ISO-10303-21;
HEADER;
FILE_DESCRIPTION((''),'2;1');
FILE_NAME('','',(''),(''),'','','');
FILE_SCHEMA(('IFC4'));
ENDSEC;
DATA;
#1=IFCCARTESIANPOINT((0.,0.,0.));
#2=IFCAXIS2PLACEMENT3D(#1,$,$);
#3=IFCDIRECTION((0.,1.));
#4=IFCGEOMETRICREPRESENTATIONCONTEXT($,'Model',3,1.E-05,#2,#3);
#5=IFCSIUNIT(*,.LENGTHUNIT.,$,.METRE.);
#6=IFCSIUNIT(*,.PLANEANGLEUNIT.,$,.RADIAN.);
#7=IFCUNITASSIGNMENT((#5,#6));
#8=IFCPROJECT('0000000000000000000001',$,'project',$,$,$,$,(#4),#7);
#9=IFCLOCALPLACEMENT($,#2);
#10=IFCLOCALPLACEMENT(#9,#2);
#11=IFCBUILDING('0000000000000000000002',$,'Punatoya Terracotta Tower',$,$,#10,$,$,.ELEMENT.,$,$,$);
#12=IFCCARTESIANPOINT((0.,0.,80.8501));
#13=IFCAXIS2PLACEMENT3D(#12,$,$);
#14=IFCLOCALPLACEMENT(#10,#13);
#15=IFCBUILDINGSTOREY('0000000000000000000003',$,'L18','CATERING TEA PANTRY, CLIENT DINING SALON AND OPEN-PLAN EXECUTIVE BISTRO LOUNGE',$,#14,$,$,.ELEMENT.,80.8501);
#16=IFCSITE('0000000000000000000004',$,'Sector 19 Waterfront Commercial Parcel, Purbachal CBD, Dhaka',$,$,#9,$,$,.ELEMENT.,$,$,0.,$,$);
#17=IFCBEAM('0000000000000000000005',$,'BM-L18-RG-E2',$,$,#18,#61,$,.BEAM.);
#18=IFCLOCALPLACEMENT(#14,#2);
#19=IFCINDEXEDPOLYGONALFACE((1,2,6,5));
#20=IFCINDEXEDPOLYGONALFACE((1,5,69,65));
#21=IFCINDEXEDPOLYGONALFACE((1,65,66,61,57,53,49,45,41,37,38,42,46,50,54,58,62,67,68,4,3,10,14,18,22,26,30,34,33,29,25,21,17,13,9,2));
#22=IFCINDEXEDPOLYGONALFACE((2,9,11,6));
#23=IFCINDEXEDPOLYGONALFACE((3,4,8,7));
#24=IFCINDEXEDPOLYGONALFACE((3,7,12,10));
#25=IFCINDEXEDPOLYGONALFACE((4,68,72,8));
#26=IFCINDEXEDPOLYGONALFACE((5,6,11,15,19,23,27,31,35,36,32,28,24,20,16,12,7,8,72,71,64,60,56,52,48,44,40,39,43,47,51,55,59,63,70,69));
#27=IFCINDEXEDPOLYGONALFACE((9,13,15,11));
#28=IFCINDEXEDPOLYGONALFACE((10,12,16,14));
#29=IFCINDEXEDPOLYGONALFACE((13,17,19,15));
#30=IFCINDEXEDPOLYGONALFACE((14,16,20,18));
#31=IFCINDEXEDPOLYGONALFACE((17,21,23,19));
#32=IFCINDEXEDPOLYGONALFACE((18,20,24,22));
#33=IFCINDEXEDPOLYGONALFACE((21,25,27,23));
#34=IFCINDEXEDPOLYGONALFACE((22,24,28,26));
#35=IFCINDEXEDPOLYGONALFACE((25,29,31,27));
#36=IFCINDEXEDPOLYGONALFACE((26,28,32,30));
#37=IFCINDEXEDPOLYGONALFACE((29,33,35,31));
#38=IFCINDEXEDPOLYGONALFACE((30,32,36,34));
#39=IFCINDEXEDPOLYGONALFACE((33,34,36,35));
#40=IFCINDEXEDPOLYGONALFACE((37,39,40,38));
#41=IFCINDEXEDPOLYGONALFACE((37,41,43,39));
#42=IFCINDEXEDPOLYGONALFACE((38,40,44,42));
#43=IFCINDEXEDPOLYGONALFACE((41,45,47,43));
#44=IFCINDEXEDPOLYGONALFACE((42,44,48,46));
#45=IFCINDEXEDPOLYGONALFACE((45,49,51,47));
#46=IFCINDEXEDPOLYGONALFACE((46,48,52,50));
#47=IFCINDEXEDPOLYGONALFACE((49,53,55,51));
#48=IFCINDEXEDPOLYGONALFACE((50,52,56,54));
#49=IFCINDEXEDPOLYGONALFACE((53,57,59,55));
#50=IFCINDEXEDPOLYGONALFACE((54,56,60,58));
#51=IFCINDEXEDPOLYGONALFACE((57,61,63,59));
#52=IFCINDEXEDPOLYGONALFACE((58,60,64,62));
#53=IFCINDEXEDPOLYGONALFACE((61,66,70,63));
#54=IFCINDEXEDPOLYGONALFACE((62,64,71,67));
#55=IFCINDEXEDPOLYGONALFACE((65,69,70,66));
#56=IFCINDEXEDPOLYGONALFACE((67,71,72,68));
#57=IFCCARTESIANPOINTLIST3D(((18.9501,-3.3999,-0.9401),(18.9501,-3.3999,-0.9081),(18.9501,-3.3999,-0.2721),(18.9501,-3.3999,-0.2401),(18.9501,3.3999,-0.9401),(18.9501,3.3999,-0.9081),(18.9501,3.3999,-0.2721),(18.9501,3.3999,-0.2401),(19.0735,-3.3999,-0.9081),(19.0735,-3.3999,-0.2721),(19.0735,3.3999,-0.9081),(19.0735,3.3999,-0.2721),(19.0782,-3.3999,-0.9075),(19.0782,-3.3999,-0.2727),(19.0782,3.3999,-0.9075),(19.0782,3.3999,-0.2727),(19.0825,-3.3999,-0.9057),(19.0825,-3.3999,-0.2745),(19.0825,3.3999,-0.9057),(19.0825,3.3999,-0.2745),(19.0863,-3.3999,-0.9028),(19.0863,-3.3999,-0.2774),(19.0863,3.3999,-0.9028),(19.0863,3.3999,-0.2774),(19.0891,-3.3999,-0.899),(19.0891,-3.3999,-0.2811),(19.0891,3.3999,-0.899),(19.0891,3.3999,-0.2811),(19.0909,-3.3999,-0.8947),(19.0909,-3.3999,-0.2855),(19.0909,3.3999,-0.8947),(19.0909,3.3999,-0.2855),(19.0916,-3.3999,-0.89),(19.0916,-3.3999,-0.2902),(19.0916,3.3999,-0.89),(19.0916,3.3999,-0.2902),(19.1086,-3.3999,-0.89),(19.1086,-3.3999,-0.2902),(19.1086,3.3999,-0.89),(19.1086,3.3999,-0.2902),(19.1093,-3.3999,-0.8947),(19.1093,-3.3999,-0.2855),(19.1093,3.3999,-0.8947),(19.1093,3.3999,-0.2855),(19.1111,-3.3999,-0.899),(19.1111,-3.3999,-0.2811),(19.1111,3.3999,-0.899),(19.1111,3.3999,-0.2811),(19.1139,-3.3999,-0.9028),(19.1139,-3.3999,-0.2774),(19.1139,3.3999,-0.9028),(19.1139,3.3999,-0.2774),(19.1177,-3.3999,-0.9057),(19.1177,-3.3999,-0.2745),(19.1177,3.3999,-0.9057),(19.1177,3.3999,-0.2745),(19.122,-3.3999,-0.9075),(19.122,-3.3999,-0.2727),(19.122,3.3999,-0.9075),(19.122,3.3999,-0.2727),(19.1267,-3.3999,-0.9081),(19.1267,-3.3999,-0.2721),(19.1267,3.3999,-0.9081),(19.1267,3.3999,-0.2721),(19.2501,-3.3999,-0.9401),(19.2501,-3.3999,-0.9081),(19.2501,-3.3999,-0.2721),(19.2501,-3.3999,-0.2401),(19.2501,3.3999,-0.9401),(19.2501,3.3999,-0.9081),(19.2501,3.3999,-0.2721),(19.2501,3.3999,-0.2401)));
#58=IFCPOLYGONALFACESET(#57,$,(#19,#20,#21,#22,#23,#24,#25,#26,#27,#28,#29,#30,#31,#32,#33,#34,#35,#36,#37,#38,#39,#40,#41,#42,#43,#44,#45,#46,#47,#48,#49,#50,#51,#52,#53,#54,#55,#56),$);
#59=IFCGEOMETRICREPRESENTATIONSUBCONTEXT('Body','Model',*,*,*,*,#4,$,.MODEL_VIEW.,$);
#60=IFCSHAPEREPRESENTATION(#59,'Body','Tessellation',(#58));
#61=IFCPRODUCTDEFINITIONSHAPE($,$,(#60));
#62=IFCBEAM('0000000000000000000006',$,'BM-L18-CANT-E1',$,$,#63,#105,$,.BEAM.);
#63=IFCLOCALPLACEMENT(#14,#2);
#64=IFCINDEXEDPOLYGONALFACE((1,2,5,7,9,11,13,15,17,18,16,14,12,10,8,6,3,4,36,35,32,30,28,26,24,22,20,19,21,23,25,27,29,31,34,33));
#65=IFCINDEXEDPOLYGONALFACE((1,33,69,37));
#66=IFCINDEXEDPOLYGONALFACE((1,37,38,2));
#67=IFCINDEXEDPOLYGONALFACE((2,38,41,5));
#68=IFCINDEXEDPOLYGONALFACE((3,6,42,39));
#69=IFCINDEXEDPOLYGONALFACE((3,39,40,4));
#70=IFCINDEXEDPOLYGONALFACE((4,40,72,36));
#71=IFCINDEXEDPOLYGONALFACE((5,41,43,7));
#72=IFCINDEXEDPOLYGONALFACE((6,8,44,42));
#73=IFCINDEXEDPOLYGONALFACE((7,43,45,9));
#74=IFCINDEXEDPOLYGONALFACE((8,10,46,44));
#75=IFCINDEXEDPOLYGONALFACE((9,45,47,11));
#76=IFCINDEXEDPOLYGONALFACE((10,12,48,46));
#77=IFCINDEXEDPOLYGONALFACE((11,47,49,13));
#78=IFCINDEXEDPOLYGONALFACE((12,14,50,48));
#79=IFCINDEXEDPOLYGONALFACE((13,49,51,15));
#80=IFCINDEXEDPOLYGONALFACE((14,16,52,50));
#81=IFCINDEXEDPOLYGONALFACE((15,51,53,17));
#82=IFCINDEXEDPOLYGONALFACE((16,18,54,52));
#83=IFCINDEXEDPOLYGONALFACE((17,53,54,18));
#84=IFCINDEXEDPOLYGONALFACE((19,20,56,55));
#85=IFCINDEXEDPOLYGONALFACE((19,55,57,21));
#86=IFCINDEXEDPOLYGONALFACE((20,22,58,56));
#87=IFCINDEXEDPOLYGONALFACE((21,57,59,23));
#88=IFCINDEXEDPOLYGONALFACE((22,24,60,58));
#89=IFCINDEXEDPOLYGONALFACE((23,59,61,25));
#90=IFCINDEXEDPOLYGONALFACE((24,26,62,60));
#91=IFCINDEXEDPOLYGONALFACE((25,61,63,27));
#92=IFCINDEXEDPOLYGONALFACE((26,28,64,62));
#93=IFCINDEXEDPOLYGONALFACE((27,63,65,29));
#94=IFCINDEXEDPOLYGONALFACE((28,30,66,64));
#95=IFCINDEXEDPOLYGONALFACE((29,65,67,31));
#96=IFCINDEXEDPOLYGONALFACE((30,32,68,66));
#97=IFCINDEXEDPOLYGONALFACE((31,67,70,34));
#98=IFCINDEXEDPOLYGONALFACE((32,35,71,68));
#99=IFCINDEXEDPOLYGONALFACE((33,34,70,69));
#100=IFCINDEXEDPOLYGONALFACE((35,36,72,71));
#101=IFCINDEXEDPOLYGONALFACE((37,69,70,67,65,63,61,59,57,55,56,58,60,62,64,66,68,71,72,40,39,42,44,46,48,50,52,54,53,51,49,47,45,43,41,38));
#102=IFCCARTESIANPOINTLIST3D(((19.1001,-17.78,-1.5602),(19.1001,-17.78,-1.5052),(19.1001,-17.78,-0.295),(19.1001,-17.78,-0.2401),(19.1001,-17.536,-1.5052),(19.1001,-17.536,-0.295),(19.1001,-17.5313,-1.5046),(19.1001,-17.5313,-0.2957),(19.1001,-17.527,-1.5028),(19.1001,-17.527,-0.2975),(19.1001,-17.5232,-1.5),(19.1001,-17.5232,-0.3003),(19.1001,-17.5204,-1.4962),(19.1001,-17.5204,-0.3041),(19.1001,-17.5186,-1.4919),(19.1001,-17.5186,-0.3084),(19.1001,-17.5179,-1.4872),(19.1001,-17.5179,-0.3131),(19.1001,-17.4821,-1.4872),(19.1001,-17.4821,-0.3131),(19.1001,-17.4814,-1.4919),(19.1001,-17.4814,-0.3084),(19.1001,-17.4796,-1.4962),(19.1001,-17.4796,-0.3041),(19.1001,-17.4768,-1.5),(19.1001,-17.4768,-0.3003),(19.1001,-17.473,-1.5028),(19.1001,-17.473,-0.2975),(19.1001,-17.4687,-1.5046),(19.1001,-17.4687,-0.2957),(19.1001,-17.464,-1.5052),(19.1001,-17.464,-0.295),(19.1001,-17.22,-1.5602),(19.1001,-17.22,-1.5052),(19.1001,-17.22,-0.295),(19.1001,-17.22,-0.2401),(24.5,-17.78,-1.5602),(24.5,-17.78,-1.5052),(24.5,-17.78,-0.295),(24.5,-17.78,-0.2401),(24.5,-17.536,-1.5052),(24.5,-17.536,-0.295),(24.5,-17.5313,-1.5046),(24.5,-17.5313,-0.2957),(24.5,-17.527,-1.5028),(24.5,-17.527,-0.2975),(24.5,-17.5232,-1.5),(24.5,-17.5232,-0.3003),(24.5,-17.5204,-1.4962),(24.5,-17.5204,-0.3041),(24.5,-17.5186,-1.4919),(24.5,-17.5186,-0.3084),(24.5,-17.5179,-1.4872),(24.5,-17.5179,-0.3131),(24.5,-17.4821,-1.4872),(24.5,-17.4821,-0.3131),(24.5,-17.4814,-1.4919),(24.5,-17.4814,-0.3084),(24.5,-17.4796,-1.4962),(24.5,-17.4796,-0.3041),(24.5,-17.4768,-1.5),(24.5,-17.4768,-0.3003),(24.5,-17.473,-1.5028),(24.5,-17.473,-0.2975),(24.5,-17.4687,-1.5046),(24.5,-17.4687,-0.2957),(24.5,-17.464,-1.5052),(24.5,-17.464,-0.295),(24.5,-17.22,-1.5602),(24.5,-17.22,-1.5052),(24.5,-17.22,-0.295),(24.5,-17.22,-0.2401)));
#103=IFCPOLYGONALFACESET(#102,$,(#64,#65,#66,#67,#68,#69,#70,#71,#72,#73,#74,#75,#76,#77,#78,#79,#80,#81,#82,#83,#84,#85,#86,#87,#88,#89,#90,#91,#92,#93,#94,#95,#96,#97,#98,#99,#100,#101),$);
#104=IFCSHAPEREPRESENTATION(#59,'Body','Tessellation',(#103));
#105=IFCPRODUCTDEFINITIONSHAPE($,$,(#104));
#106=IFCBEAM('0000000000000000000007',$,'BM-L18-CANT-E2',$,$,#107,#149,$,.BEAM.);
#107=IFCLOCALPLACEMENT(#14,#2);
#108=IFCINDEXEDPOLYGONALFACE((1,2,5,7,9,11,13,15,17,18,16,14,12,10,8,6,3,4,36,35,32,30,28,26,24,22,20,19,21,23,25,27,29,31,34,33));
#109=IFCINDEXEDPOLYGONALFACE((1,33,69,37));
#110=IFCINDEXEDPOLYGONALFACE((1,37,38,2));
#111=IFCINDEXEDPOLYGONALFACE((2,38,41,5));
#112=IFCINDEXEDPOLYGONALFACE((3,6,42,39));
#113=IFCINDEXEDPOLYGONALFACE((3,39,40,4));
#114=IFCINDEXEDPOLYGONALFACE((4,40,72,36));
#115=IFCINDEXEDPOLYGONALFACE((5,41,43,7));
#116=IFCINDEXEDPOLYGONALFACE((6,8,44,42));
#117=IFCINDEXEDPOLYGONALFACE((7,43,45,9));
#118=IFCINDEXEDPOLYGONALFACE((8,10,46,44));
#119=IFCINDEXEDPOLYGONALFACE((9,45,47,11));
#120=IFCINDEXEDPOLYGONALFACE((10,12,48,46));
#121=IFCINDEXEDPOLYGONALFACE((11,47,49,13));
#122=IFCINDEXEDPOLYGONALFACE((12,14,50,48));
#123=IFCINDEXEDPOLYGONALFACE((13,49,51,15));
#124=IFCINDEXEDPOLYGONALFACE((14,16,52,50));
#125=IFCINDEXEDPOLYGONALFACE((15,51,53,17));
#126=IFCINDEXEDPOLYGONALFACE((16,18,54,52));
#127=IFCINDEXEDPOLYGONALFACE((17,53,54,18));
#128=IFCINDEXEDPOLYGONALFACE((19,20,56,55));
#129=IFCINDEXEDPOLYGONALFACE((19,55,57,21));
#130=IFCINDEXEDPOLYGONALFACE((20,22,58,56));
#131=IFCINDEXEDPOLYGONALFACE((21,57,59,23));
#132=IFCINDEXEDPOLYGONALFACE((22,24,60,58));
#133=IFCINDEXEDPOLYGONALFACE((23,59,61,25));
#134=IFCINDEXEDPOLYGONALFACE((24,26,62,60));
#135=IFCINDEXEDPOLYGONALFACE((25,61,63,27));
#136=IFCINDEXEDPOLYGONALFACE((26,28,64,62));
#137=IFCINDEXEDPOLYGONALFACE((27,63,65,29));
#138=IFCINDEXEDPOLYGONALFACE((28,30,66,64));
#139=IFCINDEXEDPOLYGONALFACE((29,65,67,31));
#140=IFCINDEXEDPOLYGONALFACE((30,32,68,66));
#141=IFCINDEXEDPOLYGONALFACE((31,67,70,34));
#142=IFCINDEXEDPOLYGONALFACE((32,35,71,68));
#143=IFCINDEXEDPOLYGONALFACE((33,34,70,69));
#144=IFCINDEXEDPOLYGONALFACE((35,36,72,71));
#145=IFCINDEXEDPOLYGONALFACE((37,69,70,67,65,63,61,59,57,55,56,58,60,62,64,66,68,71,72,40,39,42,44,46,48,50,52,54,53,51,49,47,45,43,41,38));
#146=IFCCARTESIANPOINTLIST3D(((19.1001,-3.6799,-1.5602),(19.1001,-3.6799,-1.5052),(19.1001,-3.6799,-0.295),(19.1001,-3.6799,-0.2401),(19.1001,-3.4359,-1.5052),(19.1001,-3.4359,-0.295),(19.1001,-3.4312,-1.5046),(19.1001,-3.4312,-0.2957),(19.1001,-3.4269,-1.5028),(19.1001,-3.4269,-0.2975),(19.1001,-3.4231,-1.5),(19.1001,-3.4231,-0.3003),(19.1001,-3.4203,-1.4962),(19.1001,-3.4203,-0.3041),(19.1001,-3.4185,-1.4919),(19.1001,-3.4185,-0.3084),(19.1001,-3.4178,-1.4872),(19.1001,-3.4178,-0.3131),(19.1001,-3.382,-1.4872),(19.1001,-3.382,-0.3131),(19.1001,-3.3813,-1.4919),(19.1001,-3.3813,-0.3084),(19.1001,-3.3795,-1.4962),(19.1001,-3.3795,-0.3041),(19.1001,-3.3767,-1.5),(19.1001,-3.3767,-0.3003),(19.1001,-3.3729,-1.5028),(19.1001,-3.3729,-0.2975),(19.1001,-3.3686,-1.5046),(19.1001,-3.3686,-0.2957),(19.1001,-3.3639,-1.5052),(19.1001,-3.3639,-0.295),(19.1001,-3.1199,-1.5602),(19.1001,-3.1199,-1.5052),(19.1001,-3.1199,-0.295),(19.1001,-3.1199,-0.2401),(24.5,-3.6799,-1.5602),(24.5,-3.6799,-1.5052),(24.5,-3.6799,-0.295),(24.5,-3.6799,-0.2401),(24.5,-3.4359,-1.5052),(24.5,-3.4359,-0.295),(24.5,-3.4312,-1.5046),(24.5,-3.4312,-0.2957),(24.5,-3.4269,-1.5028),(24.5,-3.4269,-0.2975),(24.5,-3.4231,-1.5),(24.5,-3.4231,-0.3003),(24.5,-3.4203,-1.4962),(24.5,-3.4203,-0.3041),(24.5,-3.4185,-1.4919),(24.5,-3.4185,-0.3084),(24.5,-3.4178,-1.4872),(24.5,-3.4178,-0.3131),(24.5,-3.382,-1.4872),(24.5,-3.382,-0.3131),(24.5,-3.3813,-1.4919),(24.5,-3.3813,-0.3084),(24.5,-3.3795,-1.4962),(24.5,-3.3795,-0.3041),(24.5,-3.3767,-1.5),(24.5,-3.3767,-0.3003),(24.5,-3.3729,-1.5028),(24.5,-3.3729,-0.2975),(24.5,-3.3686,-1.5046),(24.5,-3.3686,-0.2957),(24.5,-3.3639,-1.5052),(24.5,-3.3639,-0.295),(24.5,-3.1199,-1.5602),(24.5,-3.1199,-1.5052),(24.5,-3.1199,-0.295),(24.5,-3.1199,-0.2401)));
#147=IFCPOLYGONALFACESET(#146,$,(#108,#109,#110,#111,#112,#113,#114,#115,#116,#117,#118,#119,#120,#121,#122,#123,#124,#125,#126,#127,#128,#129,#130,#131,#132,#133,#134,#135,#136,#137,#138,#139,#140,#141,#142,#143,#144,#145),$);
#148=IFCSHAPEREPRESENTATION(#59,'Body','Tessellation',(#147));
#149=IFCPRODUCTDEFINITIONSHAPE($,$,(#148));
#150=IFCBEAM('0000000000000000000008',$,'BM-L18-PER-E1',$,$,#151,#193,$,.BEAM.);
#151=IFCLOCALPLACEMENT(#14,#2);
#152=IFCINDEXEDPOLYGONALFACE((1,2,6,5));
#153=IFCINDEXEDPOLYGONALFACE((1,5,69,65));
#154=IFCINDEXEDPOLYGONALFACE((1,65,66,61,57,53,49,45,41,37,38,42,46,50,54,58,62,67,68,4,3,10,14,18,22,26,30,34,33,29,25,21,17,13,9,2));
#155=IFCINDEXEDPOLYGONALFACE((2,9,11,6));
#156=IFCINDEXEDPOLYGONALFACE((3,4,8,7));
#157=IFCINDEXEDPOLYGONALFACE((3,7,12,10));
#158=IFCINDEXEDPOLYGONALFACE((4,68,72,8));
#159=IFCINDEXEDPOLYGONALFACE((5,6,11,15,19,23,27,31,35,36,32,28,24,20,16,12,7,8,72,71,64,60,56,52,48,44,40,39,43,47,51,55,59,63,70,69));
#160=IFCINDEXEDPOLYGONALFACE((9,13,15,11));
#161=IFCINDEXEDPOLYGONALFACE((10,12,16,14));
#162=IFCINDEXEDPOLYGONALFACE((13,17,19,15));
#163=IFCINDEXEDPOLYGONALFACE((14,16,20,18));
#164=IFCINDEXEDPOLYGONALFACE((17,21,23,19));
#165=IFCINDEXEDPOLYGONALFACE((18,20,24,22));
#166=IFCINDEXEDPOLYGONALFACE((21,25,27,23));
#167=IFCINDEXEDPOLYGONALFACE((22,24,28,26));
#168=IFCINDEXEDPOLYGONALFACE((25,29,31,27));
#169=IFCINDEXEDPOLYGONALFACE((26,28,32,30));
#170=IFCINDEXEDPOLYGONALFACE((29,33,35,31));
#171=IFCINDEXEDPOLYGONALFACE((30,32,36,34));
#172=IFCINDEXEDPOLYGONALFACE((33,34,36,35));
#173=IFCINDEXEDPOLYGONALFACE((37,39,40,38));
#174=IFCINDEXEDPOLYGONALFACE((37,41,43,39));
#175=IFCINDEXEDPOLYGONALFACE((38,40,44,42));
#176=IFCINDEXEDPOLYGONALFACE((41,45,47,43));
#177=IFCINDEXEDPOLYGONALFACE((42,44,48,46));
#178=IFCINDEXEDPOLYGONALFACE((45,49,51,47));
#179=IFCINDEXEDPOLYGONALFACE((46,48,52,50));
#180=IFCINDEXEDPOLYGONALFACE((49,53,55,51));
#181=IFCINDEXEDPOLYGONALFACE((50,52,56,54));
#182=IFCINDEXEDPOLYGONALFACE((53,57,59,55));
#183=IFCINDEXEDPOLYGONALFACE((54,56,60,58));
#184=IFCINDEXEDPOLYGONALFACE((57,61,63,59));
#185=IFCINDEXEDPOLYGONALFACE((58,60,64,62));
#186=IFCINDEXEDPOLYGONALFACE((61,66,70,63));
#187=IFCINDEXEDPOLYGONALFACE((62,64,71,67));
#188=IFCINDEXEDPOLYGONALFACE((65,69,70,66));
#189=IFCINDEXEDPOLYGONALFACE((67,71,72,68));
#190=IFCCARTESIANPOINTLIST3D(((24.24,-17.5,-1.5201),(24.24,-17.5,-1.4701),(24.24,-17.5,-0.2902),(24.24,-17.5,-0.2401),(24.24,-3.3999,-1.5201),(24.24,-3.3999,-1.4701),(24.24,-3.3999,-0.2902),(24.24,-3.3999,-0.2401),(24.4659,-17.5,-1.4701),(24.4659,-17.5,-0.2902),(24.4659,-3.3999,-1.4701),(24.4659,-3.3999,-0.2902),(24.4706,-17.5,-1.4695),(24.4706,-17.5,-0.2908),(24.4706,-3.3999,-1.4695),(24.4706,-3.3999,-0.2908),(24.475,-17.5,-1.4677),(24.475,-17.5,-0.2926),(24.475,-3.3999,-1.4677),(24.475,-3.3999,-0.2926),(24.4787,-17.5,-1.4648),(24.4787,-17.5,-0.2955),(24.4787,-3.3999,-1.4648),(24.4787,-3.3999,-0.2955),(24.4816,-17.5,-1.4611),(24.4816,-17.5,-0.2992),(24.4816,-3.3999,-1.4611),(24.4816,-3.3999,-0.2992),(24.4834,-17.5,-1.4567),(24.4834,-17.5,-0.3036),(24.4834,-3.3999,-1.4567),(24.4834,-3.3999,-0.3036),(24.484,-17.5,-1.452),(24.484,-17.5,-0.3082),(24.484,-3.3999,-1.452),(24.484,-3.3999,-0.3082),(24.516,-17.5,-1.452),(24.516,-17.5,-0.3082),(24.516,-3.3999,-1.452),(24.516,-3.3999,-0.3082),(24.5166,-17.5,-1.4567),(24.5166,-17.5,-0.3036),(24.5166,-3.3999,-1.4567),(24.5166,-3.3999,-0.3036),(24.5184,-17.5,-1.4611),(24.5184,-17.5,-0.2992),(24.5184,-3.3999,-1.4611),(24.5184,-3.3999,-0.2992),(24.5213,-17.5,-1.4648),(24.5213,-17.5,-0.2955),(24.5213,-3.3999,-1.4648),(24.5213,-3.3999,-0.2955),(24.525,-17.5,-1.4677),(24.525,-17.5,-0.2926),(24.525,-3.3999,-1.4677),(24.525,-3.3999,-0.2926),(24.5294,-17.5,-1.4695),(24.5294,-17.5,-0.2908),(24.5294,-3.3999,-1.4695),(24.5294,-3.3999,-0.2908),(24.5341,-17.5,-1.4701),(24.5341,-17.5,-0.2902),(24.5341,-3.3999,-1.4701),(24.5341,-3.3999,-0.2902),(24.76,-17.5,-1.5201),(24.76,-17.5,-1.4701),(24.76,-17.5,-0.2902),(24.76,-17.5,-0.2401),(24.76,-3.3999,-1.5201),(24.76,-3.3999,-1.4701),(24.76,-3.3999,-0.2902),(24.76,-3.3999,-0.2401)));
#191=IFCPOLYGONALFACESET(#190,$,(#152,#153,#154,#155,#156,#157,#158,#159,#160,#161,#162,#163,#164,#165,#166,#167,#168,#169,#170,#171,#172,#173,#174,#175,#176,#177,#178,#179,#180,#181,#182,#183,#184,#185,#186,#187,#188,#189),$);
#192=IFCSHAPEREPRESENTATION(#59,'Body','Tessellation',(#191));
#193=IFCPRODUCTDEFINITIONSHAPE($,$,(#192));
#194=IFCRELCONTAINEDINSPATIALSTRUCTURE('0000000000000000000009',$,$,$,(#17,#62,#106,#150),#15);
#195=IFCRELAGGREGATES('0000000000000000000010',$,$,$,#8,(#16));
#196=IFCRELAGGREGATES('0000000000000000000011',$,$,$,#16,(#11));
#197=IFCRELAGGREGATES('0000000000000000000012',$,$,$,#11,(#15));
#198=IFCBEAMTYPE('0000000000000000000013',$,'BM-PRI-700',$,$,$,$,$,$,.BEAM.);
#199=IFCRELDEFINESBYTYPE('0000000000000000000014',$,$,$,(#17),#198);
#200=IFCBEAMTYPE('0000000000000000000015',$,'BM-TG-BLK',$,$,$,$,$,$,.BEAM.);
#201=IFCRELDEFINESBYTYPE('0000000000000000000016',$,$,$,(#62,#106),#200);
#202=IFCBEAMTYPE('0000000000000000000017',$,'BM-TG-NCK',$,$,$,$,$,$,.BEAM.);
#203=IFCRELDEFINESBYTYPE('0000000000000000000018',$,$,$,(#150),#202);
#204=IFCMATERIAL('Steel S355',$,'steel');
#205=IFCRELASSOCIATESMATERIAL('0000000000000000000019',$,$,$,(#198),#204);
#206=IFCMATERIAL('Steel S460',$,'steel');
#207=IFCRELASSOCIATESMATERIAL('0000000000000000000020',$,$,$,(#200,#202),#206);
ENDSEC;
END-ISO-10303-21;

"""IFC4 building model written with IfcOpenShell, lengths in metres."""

from ifc_helpers import new_model, si_unit, direction, frame, origin, origin_2d, place, context, subcontext, project, spatial, i_section, extrude, material, material_profile, profile_set, type_object, element, save


model = new_model("IFC4")

# Units and contexts
model_context = context("Model", 3, precision=1e-05, world=origin(), true_north=direction((0.0, 1.0)))
body_context = subcontext(model_context, "Body", "Model", "MODEL_VIEW")
ifc_project = project(units=[si_unit("LENGTHUNIT", "METRE"), si_unit("PLANEANGLEUNIT", "RADIAN")], contexts=[model_context])

# Site, building, storey
site_placement = place(None, origin())
site = spatial("IfcSite", under=ifc_project, at=site_placement, Name="Sector 19 Waterfront Commercial Parcel, Purbachal CBD, Dhaka", CompositionType="ELEMENT", RefElevation=0.0)
building_placement = place(site_placement, origin())
building = spatial("IfcBuilding", under=site, at=building_placement, Name="Punatoya Terracotta Tower", CompositionType="ELEMENT")
storey_placement = place(building_placement, frame((0.0, 0.0, 80.8501)))
storey = spatial("IfcBuildingStorey", under=building, at=storey_placement, Name="L18", Description="CATERING TEA PANTRY, CLIENT DINING SALON AND OPEN-PLAN EXECUTIVE BISTRO LOUNGE", CompositionType="ELEMENT", Elevation=80.8501)

# Shared definitions
ifc_material_1 = material(Name="Steel S460", Category="steel")

# Beams
ifc_material_2 = material(Name="Steel S355", Category="steel")
ifc_material_profile_1 = material_profile(ifc_material_2, i_section(OverallWidth=0.3, OverallDepth=0.7, WebThickness=0.0171, FlangeThickness=0.032, FilletRadius=0.0181, at=origin_2d()))
ifc_profile_set_1 = profile_set([ifc_material_profile_1], Name="Steel S355")
beam_type_1 = type_object("IfcBeamType", Name="BM-PRI-700", PredefinedType="BEAM", material=ifc_profile_set_1)
beam_1_placement = place(storey_placement, frame((19.1001, -3.3999, -0.5901), z_axis=(0.0, 1.0, 0.0), x_axis=(-1.0, 0.0, 0.0)))
element("IfcBeam", 1, at=beam_1_placement, inside=storey, type_object=beam_type_1, Name="BM-L18-RG-E2", PredefinedType="BEAM", context=body_context, shape_type="SweptSolid", body=[
    extrude(i_section(OverallWidth=0.3, OverallDepth=0.7, WebThickness=0.0171, FlangeThickness=0.032, FilletRadius=0.0181, at=origin_2d()), origin(), (0.0, 0.0, 1.0), 6.7998),
])
ifc_material_profile_2 = material_profile(ifc_material_1, i_section(OverallWidth=0.5601, OverallDepth=1.3201, WebThickness=0.0359, FlangeThickness=0.0549, FilletRadius=0.0181, at=origin_2d()))
ifc_profile_set_2 = profile_set([ifc_material_profile_2], Name="Steel S460")
beam_type_2 = type_object("IfcBeamType", Name="BM-TG-BLK", PredefinedType="BEAM", material=ifc_profile_set_2)
for number, where, z_axis, x_axis, name in (
    (2, (19.1001, -17.5, -0.9001), (1.0, 0.0, 0.0), (0.0, 1.0, 0.0), "BM-L18-CANT-E1"),
    (3, (19.1001, -3.3999, -0.9001), (1.0, 0.0, 0.0), (0.0, 1.0, 0.0), "BM-L18-CANT-E2"),
):
    element("IfcBeam", number, at=place(storey_placement, frame(where, z_axis=z_axis, x_axis=x_axis)), inside=storey, type_object=beam_type_2, Name=name, PredefinedType="BEAM", context=body_context, shape_type="SweptSolid", body=[
        extrude(i_section(OverallWidth=0.5601, OverallDepth=1.3201, WebThickness=0.0359, FlangeThickness=0.0549, FilletRadius=0.0181, at=origin_2d()), origin(), (0.0, 0.0, 1.0), 5.3999),
    ])
ifc_material_profile_3 = material_profile(ifc_material_1, i_section(OverallWidth=0.52, OverallDepth=1.28, WebThickness=0.032, FlangeThickness=0.05, FilletRadius=0.0181, at=origin_2d()))
ifc_profile_set_3 = profile_set([ifc_material_profile_3], Name="Steel S460")
beam_type_3 = type_object("IfcBeamType", Name="BM-TG-NCK", PredefinedType="BEAM", material=ifc_profile_set_3)
beam_2_placement = place(storey_placement, frame((24.5, -17.5, -0.8801), z_axis=(0.0, 1.0, 0.0), x_axis=(-1.0, 0.0, 0.0)))
element("IfcBeam", 4, at=beam_2_placement, inside=storey, type_object=beam_type_3, Name="BM-L18-PER-E1", PredefinedType="BEAM", context=body_context, shape_type="SweptSolid", body=[
    extrude(i_section(OverallWidth=0.52, OverallDepth=1.28, WebThickness=0.032, FlangeThickness=0.05, FilletRadius=0.0181, at=origin_2d()), origin(), (0.0, 0.0, 1.0), 14.1001),
])

save(model, "model.ifc")
